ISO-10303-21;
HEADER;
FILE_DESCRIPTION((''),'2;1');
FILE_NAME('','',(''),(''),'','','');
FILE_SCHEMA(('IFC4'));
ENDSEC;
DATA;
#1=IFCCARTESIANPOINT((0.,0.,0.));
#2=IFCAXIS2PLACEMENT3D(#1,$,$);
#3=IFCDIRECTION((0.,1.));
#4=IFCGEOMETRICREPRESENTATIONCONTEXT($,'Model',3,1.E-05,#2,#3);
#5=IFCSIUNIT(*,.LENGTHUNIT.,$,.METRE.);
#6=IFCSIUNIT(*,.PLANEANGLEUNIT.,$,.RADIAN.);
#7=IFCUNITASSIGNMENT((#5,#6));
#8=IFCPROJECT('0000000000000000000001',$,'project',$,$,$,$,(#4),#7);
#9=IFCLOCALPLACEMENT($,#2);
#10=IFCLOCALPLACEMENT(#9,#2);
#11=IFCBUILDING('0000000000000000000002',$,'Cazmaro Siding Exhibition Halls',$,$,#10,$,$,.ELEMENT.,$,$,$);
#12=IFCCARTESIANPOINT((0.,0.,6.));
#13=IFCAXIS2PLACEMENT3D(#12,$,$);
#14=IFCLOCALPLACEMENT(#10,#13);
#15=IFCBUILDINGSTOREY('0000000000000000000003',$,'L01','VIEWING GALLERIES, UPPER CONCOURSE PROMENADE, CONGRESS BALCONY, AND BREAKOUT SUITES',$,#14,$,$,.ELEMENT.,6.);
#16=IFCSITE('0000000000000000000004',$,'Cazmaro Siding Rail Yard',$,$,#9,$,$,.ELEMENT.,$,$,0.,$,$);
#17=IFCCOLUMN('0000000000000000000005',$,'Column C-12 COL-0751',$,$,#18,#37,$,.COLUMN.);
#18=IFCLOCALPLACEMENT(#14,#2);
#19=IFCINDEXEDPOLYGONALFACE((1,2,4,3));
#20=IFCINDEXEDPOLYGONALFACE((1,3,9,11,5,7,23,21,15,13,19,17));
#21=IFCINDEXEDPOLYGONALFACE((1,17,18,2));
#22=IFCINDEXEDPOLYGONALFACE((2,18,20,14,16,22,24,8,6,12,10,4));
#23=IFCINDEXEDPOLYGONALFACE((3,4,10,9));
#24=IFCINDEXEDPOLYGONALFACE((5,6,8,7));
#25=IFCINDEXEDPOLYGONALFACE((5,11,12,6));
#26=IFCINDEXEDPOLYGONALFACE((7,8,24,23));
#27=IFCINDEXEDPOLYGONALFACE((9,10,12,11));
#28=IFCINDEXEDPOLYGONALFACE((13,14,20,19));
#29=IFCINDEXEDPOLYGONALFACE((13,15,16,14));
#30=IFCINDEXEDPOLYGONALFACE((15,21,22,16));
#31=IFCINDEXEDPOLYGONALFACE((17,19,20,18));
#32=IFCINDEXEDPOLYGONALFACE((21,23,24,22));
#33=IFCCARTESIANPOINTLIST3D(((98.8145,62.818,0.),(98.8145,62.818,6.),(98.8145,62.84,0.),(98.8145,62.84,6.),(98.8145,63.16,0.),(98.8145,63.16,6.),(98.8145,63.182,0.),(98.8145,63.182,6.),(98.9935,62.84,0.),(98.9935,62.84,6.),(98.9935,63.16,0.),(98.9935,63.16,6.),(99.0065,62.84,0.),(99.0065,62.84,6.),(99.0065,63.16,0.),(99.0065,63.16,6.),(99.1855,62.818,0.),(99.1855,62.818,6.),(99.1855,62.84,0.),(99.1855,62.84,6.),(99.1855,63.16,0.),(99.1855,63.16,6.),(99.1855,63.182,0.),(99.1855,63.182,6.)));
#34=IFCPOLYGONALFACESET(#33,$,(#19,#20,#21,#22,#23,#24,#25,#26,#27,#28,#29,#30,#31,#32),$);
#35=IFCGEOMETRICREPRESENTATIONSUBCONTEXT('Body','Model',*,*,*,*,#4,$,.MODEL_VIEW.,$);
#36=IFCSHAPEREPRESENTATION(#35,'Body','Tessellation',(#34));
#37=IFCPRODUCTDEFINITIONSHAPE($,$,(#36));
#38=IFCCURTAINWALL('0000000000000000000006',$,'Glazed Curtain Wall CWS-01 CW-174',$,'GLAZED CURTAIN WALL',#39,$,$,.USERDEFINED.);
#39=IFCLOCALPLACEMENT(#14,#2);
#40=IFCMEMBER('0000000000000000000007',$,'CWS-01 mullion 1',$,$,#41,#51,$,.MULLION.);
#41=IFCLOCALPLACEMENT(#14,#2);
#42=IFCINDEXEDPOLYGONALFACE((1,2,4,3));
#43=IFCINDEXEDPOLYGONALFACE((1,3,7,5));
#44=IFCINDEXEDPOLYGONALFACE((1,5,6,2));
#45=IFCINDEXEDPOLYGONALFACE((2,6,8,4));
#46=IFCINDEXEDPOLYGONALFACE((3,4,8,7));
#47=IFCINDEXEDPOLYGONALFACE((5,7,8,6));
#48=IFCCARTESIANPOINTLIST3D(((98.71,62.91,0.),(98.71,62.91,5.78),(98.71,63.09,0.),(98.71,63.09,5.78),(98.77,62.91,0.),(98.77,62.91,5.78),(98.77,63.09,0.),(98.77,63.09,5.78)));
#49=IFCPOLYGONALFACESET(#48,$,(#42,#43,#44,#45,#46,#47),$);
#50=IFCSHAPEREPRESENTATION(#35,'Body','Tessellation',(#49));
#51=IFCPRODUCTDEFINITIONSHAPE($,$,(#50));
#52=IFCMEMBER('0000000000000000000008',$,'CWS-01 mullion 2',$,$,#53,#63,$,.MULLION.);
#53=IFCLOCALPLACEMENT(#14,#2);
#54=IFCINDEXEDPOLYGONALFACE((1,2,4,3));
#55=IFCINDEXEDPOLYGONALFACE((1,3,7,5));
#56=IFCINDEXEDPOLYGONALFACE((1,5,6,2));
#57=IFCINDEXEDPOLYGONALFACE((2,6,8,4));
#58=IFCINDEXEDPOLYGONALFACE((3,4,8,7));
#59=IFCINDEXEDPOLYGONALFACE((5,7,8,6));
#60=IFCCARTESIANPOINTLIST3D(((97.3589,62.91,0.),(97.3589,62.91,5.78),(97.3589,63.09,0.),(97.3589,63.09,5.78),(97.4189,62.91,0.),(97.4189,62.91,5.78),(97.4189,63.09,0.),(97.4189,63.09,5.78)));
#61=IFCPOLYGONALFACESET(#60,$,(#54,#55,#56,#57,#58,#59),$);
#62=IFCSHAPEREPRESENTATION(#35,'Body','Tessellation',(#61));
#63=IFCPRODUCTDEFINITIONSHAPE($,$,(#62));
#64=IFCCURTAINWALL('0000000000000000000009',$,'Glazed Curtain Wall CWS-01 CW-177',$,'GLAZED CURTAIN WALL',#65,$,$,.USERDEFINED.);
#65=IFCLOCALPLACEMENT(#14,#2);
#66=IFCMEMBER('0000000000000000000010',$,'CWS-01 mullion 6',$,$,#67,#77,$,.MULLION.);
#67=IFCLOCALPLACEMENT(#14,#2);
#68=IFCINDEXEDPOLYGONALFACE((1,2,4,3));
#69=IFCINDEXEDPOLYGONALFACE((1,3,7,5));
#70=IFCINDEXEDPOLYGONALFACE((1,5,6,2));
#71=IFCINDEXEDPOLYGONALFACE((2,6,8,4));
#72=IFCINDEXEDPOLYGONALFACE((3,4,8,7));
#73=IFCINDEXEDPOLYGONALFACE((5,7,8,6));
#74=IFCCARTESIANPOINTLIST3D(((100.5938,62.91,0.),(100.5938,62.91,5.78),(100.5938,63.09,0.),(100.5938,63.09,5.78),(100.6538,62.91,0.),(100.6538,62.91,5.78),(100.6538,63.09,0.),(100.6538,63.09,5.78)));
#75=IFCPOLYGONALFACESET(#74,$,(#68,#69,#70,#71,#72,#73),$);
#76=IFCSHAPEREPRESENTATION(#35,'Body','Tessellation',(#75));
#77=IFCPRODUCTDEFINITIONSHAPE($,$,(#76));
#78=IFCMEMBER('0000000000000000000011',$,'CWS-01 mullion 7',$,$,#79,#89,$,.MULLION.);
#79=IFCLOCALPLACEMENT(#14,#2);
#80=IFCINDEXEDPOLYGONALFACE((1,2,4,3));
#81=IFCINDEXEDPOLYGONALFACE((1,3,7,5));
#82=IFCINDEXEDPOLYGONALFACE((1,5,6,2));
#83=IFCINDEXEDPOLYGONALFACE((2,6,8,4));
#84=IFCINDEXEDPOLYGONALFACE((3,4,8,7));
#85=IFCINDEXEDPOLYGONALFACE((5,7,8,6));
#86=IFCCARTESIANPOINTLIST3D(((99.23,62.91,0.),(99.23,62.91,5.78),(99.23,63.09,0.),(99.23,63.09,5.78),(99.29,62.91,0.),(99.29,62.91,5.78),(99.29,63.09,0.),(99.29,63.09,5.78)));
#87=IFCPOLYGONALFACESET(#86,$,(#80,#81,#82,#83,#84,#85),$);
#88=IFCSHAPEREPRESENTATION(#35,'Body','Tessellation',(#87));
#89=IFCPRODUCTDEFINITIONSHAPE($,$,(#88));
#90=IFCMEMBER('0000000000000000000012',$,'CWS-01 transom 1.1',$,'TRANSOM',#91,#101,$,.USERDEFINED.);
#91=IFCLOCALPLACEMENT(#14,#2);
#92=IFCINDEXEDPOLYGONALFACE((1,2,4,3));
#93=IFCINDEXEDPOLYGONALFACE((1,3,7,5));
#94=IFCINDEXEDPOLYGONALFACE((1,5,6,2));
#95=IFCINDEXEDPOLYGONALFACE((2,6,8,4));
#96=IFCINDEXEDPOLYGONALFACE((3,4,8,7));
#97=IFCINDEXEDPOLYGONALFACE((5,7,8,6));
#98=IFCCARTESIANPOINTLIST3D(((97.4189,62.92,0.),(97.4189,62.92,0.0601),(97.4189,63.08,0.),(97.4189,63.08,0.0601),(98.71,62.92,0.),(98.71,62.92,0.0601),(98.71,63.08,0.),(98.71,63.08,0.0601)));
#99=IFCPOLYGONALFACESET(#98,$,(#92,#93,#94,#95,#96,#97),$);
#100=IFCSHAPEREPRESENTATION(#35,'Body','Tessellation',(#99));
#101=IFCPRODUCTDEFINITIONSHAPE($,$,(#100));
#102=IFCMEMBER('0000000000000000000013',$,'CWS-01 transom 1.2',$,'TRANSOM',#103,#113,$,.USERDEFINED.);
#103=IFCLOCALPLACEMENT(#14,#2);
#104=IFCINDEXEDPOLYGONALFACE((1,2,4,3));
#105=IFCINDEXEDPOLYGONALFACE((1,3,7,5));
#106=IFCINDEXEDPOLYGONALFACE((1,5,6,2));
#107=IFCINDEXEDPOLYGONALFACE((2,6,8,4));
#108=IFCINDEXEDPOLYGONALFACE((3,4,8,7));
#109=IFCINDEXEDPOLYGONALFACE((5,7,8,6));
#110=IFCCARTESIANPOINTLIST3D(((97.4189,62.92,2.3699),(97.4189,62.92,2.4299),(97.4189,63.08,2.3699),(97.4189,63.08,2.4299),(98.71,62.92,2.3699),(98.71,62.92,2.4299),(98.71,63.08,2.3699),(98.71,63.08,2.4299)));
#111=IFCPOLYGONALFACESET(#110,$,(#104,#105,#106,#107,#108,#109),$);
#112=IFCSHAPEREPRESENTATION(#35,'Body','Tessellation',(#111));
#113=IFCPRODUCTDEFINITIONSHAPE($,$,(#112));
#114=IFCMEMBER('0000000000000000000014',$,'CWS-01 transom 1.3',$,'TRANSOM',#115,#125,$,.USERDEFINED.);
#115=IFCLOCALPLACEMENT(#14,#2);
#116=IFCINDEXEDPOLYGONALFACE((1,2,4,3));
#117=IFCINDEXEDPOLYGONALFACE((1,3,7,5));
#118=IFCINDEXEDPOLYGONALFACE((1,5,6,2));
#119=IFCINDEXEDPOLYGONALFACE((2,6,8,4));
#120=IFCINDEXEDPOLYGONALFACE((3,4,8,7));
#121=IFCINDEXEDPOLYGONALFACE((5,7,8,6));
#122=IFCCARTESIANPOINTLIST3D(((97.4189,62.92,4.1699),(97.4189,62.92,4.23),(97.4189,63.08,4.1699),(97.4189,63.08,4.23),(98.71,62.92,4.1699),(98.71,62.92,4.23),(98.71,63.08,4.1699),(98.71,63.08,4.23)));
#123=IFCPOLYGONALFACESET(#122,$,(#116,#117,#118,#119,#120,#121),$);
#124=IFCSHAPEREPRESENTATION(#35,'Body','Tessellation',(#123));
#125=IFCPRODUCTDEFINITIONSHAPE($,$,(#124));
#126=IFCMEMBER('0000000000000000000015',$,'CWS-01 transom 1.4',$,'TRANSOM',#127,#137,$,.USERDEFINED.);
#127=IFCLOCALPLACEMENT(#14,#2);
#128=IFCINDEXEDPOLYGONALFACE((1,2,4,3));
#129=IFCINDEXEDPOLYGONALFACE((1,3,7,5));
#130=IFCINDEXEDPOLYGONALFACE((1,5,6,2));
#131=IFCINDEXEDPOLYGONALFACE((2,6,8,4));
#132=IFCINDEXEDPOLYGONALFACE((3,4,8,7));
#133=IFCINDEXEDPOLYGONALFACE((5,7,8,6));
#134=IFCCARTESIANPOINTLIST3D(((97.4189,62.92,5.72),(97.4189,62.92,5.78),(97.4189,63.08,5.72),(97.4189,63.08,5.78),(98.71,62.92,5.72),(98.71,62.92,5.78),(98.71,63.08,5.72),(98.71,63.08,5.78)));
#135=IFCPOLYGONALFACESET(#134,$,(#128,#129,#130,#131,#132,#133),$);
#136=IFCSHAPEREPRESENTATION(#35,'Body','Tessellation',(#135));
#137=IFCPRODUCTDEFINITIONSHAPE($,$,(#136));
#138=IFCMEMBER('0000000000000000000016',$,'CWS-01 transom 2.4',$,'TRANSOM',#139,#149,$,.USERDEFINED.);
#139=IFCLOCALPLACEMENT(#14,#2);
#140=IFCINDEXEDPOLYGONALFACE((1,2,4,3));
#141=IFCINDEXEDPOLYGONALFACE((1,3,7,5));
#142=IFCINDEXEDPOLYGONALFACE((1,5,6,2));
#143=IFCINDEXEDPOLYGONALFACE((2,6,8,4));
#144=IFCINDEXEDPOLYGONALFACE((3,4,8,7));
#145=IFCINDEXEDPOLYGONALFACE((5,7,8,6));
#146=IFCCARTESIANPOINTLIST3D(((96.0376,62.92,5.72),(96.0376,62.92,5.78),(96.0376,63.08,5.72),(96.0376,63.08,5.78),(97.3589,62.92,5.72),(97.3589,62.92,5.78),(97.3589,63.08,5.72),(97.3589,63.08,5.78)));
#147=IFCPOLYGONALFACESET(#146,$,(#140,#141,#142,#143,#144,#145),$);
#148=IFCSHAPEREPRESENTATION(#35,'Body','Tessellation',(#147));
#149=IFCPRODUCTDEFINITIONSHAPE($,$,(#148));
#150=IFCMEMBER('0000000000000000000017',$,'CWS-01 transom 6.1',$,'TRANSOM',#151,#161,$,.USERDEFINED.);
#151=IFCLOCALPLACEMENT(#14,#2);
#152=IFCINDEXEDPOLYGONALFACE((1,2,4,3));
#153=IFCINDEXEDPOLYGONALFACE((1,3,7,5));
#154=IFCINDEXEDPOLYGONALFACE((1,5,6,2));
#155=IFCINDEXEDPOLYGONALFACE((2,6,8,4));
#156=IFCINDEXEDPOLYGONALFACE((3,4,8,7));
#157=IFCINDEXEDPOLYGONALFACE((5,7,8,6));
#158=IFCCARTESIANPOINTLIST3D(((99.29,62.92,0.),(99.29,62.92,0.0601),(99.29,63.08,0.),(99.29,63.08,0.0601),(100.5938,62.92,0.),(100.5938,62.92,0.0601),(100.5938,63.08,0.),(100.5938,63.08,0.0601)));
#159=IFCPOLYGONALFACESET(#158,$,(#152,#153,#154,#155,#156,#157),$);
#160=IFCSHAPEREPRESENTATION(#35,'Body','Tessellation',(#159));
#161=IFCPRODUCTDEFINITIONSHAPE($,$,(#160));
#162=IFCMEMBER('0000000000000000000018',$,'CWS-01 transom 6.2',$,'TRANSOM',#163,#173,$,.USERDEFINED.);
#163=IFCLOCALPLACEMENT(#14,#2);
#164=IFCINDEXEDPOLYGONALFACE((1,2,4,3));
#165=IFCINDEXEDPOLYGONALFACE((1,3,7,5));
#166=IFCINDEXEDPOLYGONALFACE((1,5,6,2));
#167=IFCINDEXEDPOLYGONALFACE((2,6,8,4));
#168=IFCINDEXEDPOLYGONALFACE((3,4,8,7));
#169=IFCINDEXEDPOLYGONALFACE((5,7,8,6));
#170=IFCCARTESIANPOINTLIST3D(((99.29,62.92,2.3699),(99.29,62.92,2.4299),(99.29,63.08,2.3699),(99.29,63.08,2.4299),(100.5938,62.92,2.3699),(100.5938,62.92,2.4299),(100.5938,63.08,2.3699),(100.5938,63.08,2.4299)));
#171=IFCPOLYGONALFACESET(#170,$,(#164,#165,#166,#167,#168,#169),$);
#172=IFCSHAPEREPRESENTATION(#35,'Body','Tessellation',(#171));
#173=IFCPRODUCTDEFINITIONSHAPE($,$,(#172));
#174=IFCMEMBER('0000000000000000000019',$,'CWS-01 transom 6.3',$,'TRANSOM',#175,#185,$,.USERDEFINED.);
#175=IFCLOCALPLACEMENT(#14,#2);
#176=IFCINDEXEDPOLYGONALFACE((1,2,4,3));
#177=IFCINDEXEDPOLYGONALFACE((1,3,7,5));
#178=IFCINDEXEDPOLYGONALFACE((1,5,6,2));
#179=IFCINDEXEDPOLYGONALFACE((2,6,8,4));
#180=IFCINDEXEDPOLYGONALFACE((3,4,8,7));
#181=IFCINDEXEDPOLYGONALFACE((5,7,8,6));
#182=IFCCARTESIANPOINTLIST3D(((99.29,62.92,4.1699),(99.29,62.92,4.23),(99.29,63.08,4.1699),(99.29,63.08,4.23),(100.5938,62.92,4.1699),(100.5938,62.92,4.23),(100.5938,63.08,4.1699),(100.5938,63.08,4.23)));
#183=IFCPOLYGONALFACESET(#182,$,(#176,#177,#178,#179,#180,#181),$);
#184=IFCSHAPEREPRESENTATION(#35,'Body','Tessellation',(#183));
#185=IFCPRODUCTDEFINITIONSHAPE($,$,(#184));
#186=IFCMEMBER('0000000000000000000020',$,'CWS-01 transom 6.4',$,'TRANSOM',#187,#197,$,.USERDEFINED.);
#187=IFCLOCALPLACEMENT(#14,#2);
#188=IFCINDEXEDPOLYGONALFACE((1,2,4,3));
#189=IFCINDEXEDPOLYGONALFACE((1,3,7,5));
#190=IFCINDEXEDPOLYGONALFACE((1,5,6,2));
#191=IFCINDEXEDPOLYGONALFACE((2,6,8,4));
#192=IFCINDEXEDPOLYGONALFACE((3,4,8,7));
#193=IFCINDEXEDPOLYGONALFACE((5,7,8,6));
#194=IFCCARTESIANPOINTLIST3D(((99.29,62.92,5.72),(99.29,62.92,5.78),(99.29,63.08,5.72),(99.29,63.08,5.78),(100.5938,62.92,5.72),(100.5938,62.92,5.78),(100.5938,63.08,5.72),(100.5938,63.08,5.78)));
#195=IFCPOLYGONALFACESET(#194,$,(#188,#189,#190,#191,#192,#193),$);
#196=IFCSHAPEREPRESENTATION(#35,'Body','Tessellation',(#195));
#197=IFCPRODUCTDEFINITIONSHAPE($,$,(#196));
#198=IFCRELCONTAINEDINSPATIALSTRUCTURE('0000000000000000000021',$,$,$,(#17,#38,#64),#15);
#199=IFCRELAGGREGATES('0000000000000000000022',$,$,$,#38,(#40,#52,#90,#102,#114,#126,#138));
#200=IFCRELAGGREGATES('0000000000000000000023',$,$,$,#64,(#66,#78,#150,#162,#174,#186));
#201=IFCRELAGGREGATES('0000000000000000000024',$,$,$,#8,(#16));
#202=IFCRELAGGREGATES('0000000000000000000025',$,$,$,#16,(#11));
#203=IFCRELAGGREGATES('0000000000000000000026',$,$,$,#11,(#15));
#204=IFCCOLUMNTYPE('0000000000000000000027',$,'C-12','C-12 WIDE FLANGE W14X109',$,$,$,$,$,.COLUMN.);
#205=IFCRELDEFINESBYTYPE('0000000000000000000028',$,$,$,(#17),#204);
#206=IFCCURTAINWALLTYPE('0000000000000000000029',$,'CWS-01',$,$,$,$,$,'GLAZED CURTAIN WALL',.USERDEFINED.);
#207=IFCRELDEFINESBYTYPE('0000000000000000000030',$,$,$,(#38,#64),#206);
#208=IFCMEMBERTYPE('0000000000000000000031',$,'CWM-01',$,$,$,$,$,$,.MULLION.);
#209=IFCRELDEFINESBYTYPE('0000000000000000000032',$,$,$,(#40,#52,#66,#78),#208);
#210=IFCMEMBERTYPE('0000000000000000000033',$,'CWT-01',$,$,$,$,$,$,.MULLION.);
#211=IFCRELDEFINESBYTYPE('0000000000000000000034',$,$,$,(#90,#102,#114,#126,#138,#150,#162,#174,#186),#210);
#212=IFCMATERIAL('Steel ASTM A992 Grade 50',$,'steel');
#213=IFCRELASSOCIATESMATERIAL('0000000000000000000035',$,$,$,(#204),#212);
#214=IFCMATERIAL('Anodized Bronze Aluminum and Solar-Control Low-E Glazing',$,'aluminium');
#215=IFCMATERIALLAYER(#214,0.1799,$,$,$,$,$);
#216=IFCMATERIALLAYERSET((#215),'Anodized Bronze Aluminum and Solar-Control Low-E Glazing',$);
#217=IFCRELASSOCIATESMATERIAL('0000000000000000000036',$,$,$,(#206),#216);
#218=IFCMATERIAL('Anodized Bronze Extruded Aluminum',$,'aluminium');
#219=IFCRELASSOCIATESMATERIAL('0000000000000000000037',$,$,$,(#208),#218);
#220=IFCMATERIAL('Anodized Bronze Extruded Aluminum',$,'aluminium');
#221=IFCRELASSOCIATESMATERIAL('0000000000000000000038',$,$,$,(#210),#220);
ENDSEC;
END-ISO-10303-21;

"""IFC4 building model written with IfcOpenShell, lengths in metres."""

from ifc_helpers import new_model, si_unit, direction, frame, origin, origin_2d, place, context, subcontext, project, spatial, rectangle, i_section, extrude, material, layer, layer_set, material_profile, profile_set, type_object, element, aggregate, save


model = new_model("IFC4")

# Units and contexts
model_context = context("Model", 3, precision=1e-05, world=origin(), true_north=direction((0.0, 1.0)))
body_context = subcontext(model_context, "Body", "Model", "MODEL_VIEW")
ifc_project = project(units=[si_unit("LENGTHUNIT", "METRE"), si_unit("PLANEANGLEUNIT", "RADIAN")], contexts=[model_context])

# Site, building, storey
site_placement = place(None, origin())
site = spatial("IfcSite", under=ifc_project, at=site_placement, Name="Cazmaro Siding Rail Yard", CompositionType="ELEMENT", RefElevation=0.0)
building_placement = place(site_placement, origin())
building = spatial("IfcBuilding", under=site, at=building_placement, Name="Cazmaro Siding Exhibition Halls", CompositionType="ELEMENT")
storey_placement = place(building_placement, frame((0.0, 0.0, 6.0)))
storey = spatial("IfcBuildingStorey", under=building, at=storey_placement, Name="L01", Description="VIEWING GALLERIES, UPPER CONCOURSE PROMENADE, CONGRESS BALCONY, AND BREAKOUT SUITES", CompositionType="ELEMENT", Elevation=6.0)

# Column
ifc_material_1 = material(Name="Steel ASTM A992 Grade 50", Category="steel")
ifc_material_profile_1 = material_profile(ifc_material_1, i_section(OverallWidth=0.3711, OverallDepth=0.364, WebThickness=0.0129, FlangeThickness=0.022, at=origin_2d()), Name="W14X109")
ifc_profile_set_1 = profile_set([ifc_material_profile_1], Name="Steel ASTM A992 Grade 50")
column_type = type_object("IfcColumnType", Name="C-12", Description="C-12 WIDE FLANGE W14X109", PredefinedType="COLUMN", material=ifc_profile_set_1)
column_placement = place(storey_placement, frame((99.0, 63.0, 0.0), z_axis=(0.0, 0.0, 1.0), x_axis=(1.0, 0.0, 0.0)))
element("IfcColumn", 1, at=column_placement, inside=storey, type_object=column_type, Name="Column C-12 COL-0751", PredefinedType="COLUMN", context=body_context, shape_type="SweptSolid", body=[
    extrude(i_section(OverallWidth=0.3711, OverallDepth=0.364, WebThickness=0.0129, FlangeThickness=0.022, at=origin_2d()), origin(), (0.0, 0.0, 1.0), 6.0),
])

# Curtain walls, members
ifc_material_2 = material(Name="Anodized Bronze Aluminum and Solar-Control Low-E Glazing", Category="aluminium")
ifc_layer_1 = layer(ifc_material_2, 0.1799)
ifc_layer_set_1 = layer_set([ifc_layer_1], Name="Anodized Bronze Aluminum and Solar-Control Low-E Glazing")
curtain_wall_type = type_object("IfcCurtainWallType", Name="CWS-01", ElementType="GLAZED CURTAIN WALL", PredefinedType="USERDEFINED", material=ifc_layer_set_1)
curtain_wall_1_placement = place(storey_placement, origin())
curtain_wall_1 = element("IfcCurtainWall", 2, at=curtain_wall_1_placement, inside=storey, type_object=curtain_wall_type, Name="Glazed Curtain Wall CWS-01 CW-174", ObjectType="GLAZED CURTAIN WALL", PredefinedType="USERDEFINED")
ifc_material_3 = material(Name="Anodized Bronze Extruded Aluminum", Category="aluminium")
ifc_material_profile_2 = material_profile(ifc_material_3, rectangle(XDim=0.1799, YDim=0.0601, at=origin_2d()), Name="CWM-01")
ifc_profile_set_2 = profile_set([ifc_material_profile_2], Name="Anodized Bronze Extruded Aluminum")
member_type_1 = type_object("IfcMemberType", Name="CWM-01", PredefinedType="MULLION", material=ifc_profile_set_2)
member_1_placement = place(storey_placement, frame((98.74, 63.0, 0.0), z_axis=(0.0, 0.0, 1.0), x_axis=(0.0, -1.0, 0.0)))
member_1 = element("IfcMember", 3, at=member_1_placement, type_object=member_type_1, Name="CWS-01 mullion 1", PredefinedType="MULLION", context=body_context, shape_type="SweptSolid", body=[
    extrude(rectangle(XDim=0.1799, YDim=0.0601, at=origin_2d()), origin(), (0.0, 0.0, 1.0), 5.78),
])
member_2_placement = place(storey_placement, frame((97.3889, 63.0, 0.0), z_axis=(0.0, 0.0, 1.0), x_axis=(0.0, -1.0, 0.0)))
member_2 = element("IfcMember", 4, at=member_2_placement, type_object=member_type_1, Name="CWS-01 mullion 2", PredefinedType="MULLION", context=body_context, shape_type="SweptSolid", body=[
    extrude(rectangle(XDim=0.1799, YDim=0.0601, at=origin_2d()), origin(), (0.0, 0.0, 1.0), 5.78),
])
curtain_wall_2_placement = place(storey_placement, origin())
curtain_wall_2 = element("IfcCurtainWall", 5, at=curtain_wall_2_placement, inside=storey, type_object=curtain_wall_type, Name="Glazed Curtain Wall CWS-01 CW-177", ObjectType="GLAZED CURTAIN WALL", PredefinedType="USERDEFINED")
member_3_placement = place(storey_placement, frame((100.6238, 63.0, 0.0), z_axis=(0.0, 0.0, 1.0), x_axis=(0.0, -1.0, 0.0)))
member_3 = element("IfcMember", 6, at=member_3_placement, type_object=member_type_1, Name="CWS-01 mullion 6", PredefinedType="MULLION", context=body_context, shape_type="SweptSolid", body=[
    extrude(rectangle(XDim=0.1799, YDim=0.0601, at=origin_2d()), origin(), (0.0, 0.0, 1.0), 5.78),
])
member_4_placement = place(storey_placement, frame((99.26, 63.0, 0.0), z_axis=(0.0, 0.0, 1.0), x_axis=(0.0, -1.0, 0.0)))
member_4 = element("IfcMember", 7, at=member_4_placement, type_object=member_type_1, Name="CWS-01 mullion 7", PredefinedType="MULLION", context=body_context, shape_type="SweptSolid", body=[
    extrude(rectangle(XDim=0.1799, YDim=0.0601, at=origin_2d()), origin(), (0.0, 0.0, 1.0), 5.78),
])

# Members
ifc_material_4 = material(Name="Anodized Bronze Extruded Aluminum", Category="aluminium")
ifc_material_profile_3 = material_profile(ifc_material_4, rectangle(XDim=0.1599, YDim=0.0601, at=origin_2d()), Name="CWT-01")
ifc_profile_set_3 = profile_set([ifc_material_profile_3], Name="Anodized Bronze Extruded Aluminum")
member_type_2 = type_object("IfcMemberType", Name="CWT-01", PredefinedType="MULLION", material=ifc_profile_set_3)
member_5_placement = place(storey_placement, frame((98.71, 63.0, 0.03), z_axis=(-1.0, 0.0, 0.0), x_axis=(0.0, -1.0, 0.0)))
member_5 = element("IfcMember", 8, at=member_5_placement, type_object=member_type_2, Name="CWS-01 transom 1.1", ObjectType="TRANSOM", PredefinedType="USERDEFINED", context=body_context, shape_type="SweptSolid", body=[
    extrude(rectangle(XDim=0.1599, YDim=0.0601, at=origin_2d()), origin(), (0.0, 0.0, 1.0), 1.291),
])
member_6_placement = place(storey_placement, frame((98.71, 63.0, 2.3999), z_axis=(-1.0, 0.0, 0.0), x_axis=(0.0, -1.0, 0.0)))
member_6 = element("IfcMember", 9, at=member_6_placement, type_object=member_type_2, Name="CWS-01 transom 1.2", ObjectType="TRANSOM", PredefinedType="USERDEFINED", context=body_context, shape_type="SweptSolid", body=[
    extrude(rectangle(XDim=0.1599, YDim=0.0601, at=origin_2d()), origin(), (0.0, 0.0, 1.0), 1.291),
])
member_7_placement = place(storey_placement, frame((98.71, 63.0, 4.2), z_axis=(-1.0, 0.0, 0.0), x_axis=(0.0, -1.0, 0.0)))
member_7 = element("IfcMember", 10, at=member_7_placement, type_object=member_type_2, Name="CWS-01 transom 1.3", ObjectType="TRANSOM", PredefinedType="USERDEFINED", context=body_context, shape_type="SweptSolid", body=[
    extrude(rectangle(XDim=0.1599, YDim=0.0601, at=origin_2d()), origin(), (0.0, 0.0, 1.0), 1.291),
])
member_8_placement = place(storey_placement, frame((98.71, 63.0, 5.75), z_axis=(-1.0, 0.0, 0.0), x_axis=(0.0, -1.0, 0.0)))
member_8 = element("IfcMember", 11, at=member_8_placement, type_object=member_type_2, Name="CWS-01 transom 1.4", ObjectType="TRANSOM", PredefinedType="USERDEFINED", context=body_context, shape_type="SweptSolid", body=[
    extrude(rectangle(XDim=0.1599, YDim=0.0601, at=origin_2d()), origin(), (0.0, 0.0, 1.0), 1.291),
])
member_9_placement = place(storey_placement, frame((97.3589, 63.0, 5.75), z_axis=(-1.0, 0.0, 0.0), x_axis=(0.0, -1.0, 0.0)))
member_9 = element("IfcMember", 12, at=member_9_placement, type_object=member_type_2, Name="CWS-01 transom 2.4", ObjectType="TRANSOM", PredefinedType="USERDEFINED", context=body_context, shape_type="SweptSolid", body=[
    extrude(rectangle(XDim=0.1599, YDim=0.0601, at=origin_2d()), origin(), (0.0, 0.0, 1.0), 1.3213),
])
member_10_placement = place(storey_placement, frame((100.5938, 63.0, 0.03), z_axis=(-1.0, 0.0, 0.0), x_axis=(0.0, -1.0, 0.0)))
member_10 = element("IfcMember", 13, at=member_10_placement, type_object=member_type_2, Name="CWS-01 transom 6.1", ObjectType="TRANSOM", PredefinedType="USERDEFINED", context=body_context, shape_type="SweptSolid", body=[
    extrude(rectangle(XDim=0.1599, YDim=0.0601, at=origin_2d()), origin(), (0.0, 0.0, 1.0), 1.3037),
])
member_11_placement = place(storey_placement, frame((100.5938, 63.0, 2.3999), z_axis=(-1.0, 0.0, 0.0), x_axis=(0.0, -1.0, 0.0)))
member_11 = element("IfcMember", 14, at=member_11_placement, type_object=member_type_2, Name="CWS-01 transom 6.2", ObjectType="TRANSOM", PredefinedType="USERDEFINED", context=body_context, shape_type="SweptSolid", body=[
    extrude(rectangle(XDim=0.1599, YDim=0.0601, at=origin_2d()), origin(), (0.0, 0.0, 1.0), 1.3037),
])
member_12_placement = place(storey_placement, frame((100.5938, 63.0, 4.2), z_axis=(-1.0, 0.0, 0.0), x_axis=(0.0, -1.0, 0.0)))
member_12 = element("IfcMember", 15, at=member_12_placement, type_object=member_type_2, Name="CWS-01 transom 6.3", ObjectType="TRANSOM", PredefinedType="USERDEFINED", context=body_context, shape_type="SweptSolid", body=[
    extrude(rectangle(XDim=0.1599, YDim=0.0601, at=origin_2d()), origin(), (0.0, 0.0, 1.0), 1.3037),
])
member_13_placement = place(storey_placement, frame((100.5938, 63.0, 5.75), z_axis=(-1.0, 0.0, 0.0), x_axis=(0.0, -1.0, 0.0)))
member_13 = element("IfcMember", 16, at=member_13_placement, type_object=member_type_2, Name="CWS-01 transom 6.4", ObjectType="TRANSOM", PredefinedType="USERDEFINED", context=body_context, shape_type="SweptSolid", body=[
    extrude(rectangle(XDim=0.1599, YDim=0.0601, at=origin_2d()), origin(), (0.0, 0.0, 1.0), 1.3037),
])

aggregate(curtain_wall_1, [member_1, member_2, member_5, member_6, member_7, member_8, member_9])
aggregate(curtain_wall_2, [member_3, member_4, member_10, member_11, member_12, member_13])

save(model, "model.ifc")
